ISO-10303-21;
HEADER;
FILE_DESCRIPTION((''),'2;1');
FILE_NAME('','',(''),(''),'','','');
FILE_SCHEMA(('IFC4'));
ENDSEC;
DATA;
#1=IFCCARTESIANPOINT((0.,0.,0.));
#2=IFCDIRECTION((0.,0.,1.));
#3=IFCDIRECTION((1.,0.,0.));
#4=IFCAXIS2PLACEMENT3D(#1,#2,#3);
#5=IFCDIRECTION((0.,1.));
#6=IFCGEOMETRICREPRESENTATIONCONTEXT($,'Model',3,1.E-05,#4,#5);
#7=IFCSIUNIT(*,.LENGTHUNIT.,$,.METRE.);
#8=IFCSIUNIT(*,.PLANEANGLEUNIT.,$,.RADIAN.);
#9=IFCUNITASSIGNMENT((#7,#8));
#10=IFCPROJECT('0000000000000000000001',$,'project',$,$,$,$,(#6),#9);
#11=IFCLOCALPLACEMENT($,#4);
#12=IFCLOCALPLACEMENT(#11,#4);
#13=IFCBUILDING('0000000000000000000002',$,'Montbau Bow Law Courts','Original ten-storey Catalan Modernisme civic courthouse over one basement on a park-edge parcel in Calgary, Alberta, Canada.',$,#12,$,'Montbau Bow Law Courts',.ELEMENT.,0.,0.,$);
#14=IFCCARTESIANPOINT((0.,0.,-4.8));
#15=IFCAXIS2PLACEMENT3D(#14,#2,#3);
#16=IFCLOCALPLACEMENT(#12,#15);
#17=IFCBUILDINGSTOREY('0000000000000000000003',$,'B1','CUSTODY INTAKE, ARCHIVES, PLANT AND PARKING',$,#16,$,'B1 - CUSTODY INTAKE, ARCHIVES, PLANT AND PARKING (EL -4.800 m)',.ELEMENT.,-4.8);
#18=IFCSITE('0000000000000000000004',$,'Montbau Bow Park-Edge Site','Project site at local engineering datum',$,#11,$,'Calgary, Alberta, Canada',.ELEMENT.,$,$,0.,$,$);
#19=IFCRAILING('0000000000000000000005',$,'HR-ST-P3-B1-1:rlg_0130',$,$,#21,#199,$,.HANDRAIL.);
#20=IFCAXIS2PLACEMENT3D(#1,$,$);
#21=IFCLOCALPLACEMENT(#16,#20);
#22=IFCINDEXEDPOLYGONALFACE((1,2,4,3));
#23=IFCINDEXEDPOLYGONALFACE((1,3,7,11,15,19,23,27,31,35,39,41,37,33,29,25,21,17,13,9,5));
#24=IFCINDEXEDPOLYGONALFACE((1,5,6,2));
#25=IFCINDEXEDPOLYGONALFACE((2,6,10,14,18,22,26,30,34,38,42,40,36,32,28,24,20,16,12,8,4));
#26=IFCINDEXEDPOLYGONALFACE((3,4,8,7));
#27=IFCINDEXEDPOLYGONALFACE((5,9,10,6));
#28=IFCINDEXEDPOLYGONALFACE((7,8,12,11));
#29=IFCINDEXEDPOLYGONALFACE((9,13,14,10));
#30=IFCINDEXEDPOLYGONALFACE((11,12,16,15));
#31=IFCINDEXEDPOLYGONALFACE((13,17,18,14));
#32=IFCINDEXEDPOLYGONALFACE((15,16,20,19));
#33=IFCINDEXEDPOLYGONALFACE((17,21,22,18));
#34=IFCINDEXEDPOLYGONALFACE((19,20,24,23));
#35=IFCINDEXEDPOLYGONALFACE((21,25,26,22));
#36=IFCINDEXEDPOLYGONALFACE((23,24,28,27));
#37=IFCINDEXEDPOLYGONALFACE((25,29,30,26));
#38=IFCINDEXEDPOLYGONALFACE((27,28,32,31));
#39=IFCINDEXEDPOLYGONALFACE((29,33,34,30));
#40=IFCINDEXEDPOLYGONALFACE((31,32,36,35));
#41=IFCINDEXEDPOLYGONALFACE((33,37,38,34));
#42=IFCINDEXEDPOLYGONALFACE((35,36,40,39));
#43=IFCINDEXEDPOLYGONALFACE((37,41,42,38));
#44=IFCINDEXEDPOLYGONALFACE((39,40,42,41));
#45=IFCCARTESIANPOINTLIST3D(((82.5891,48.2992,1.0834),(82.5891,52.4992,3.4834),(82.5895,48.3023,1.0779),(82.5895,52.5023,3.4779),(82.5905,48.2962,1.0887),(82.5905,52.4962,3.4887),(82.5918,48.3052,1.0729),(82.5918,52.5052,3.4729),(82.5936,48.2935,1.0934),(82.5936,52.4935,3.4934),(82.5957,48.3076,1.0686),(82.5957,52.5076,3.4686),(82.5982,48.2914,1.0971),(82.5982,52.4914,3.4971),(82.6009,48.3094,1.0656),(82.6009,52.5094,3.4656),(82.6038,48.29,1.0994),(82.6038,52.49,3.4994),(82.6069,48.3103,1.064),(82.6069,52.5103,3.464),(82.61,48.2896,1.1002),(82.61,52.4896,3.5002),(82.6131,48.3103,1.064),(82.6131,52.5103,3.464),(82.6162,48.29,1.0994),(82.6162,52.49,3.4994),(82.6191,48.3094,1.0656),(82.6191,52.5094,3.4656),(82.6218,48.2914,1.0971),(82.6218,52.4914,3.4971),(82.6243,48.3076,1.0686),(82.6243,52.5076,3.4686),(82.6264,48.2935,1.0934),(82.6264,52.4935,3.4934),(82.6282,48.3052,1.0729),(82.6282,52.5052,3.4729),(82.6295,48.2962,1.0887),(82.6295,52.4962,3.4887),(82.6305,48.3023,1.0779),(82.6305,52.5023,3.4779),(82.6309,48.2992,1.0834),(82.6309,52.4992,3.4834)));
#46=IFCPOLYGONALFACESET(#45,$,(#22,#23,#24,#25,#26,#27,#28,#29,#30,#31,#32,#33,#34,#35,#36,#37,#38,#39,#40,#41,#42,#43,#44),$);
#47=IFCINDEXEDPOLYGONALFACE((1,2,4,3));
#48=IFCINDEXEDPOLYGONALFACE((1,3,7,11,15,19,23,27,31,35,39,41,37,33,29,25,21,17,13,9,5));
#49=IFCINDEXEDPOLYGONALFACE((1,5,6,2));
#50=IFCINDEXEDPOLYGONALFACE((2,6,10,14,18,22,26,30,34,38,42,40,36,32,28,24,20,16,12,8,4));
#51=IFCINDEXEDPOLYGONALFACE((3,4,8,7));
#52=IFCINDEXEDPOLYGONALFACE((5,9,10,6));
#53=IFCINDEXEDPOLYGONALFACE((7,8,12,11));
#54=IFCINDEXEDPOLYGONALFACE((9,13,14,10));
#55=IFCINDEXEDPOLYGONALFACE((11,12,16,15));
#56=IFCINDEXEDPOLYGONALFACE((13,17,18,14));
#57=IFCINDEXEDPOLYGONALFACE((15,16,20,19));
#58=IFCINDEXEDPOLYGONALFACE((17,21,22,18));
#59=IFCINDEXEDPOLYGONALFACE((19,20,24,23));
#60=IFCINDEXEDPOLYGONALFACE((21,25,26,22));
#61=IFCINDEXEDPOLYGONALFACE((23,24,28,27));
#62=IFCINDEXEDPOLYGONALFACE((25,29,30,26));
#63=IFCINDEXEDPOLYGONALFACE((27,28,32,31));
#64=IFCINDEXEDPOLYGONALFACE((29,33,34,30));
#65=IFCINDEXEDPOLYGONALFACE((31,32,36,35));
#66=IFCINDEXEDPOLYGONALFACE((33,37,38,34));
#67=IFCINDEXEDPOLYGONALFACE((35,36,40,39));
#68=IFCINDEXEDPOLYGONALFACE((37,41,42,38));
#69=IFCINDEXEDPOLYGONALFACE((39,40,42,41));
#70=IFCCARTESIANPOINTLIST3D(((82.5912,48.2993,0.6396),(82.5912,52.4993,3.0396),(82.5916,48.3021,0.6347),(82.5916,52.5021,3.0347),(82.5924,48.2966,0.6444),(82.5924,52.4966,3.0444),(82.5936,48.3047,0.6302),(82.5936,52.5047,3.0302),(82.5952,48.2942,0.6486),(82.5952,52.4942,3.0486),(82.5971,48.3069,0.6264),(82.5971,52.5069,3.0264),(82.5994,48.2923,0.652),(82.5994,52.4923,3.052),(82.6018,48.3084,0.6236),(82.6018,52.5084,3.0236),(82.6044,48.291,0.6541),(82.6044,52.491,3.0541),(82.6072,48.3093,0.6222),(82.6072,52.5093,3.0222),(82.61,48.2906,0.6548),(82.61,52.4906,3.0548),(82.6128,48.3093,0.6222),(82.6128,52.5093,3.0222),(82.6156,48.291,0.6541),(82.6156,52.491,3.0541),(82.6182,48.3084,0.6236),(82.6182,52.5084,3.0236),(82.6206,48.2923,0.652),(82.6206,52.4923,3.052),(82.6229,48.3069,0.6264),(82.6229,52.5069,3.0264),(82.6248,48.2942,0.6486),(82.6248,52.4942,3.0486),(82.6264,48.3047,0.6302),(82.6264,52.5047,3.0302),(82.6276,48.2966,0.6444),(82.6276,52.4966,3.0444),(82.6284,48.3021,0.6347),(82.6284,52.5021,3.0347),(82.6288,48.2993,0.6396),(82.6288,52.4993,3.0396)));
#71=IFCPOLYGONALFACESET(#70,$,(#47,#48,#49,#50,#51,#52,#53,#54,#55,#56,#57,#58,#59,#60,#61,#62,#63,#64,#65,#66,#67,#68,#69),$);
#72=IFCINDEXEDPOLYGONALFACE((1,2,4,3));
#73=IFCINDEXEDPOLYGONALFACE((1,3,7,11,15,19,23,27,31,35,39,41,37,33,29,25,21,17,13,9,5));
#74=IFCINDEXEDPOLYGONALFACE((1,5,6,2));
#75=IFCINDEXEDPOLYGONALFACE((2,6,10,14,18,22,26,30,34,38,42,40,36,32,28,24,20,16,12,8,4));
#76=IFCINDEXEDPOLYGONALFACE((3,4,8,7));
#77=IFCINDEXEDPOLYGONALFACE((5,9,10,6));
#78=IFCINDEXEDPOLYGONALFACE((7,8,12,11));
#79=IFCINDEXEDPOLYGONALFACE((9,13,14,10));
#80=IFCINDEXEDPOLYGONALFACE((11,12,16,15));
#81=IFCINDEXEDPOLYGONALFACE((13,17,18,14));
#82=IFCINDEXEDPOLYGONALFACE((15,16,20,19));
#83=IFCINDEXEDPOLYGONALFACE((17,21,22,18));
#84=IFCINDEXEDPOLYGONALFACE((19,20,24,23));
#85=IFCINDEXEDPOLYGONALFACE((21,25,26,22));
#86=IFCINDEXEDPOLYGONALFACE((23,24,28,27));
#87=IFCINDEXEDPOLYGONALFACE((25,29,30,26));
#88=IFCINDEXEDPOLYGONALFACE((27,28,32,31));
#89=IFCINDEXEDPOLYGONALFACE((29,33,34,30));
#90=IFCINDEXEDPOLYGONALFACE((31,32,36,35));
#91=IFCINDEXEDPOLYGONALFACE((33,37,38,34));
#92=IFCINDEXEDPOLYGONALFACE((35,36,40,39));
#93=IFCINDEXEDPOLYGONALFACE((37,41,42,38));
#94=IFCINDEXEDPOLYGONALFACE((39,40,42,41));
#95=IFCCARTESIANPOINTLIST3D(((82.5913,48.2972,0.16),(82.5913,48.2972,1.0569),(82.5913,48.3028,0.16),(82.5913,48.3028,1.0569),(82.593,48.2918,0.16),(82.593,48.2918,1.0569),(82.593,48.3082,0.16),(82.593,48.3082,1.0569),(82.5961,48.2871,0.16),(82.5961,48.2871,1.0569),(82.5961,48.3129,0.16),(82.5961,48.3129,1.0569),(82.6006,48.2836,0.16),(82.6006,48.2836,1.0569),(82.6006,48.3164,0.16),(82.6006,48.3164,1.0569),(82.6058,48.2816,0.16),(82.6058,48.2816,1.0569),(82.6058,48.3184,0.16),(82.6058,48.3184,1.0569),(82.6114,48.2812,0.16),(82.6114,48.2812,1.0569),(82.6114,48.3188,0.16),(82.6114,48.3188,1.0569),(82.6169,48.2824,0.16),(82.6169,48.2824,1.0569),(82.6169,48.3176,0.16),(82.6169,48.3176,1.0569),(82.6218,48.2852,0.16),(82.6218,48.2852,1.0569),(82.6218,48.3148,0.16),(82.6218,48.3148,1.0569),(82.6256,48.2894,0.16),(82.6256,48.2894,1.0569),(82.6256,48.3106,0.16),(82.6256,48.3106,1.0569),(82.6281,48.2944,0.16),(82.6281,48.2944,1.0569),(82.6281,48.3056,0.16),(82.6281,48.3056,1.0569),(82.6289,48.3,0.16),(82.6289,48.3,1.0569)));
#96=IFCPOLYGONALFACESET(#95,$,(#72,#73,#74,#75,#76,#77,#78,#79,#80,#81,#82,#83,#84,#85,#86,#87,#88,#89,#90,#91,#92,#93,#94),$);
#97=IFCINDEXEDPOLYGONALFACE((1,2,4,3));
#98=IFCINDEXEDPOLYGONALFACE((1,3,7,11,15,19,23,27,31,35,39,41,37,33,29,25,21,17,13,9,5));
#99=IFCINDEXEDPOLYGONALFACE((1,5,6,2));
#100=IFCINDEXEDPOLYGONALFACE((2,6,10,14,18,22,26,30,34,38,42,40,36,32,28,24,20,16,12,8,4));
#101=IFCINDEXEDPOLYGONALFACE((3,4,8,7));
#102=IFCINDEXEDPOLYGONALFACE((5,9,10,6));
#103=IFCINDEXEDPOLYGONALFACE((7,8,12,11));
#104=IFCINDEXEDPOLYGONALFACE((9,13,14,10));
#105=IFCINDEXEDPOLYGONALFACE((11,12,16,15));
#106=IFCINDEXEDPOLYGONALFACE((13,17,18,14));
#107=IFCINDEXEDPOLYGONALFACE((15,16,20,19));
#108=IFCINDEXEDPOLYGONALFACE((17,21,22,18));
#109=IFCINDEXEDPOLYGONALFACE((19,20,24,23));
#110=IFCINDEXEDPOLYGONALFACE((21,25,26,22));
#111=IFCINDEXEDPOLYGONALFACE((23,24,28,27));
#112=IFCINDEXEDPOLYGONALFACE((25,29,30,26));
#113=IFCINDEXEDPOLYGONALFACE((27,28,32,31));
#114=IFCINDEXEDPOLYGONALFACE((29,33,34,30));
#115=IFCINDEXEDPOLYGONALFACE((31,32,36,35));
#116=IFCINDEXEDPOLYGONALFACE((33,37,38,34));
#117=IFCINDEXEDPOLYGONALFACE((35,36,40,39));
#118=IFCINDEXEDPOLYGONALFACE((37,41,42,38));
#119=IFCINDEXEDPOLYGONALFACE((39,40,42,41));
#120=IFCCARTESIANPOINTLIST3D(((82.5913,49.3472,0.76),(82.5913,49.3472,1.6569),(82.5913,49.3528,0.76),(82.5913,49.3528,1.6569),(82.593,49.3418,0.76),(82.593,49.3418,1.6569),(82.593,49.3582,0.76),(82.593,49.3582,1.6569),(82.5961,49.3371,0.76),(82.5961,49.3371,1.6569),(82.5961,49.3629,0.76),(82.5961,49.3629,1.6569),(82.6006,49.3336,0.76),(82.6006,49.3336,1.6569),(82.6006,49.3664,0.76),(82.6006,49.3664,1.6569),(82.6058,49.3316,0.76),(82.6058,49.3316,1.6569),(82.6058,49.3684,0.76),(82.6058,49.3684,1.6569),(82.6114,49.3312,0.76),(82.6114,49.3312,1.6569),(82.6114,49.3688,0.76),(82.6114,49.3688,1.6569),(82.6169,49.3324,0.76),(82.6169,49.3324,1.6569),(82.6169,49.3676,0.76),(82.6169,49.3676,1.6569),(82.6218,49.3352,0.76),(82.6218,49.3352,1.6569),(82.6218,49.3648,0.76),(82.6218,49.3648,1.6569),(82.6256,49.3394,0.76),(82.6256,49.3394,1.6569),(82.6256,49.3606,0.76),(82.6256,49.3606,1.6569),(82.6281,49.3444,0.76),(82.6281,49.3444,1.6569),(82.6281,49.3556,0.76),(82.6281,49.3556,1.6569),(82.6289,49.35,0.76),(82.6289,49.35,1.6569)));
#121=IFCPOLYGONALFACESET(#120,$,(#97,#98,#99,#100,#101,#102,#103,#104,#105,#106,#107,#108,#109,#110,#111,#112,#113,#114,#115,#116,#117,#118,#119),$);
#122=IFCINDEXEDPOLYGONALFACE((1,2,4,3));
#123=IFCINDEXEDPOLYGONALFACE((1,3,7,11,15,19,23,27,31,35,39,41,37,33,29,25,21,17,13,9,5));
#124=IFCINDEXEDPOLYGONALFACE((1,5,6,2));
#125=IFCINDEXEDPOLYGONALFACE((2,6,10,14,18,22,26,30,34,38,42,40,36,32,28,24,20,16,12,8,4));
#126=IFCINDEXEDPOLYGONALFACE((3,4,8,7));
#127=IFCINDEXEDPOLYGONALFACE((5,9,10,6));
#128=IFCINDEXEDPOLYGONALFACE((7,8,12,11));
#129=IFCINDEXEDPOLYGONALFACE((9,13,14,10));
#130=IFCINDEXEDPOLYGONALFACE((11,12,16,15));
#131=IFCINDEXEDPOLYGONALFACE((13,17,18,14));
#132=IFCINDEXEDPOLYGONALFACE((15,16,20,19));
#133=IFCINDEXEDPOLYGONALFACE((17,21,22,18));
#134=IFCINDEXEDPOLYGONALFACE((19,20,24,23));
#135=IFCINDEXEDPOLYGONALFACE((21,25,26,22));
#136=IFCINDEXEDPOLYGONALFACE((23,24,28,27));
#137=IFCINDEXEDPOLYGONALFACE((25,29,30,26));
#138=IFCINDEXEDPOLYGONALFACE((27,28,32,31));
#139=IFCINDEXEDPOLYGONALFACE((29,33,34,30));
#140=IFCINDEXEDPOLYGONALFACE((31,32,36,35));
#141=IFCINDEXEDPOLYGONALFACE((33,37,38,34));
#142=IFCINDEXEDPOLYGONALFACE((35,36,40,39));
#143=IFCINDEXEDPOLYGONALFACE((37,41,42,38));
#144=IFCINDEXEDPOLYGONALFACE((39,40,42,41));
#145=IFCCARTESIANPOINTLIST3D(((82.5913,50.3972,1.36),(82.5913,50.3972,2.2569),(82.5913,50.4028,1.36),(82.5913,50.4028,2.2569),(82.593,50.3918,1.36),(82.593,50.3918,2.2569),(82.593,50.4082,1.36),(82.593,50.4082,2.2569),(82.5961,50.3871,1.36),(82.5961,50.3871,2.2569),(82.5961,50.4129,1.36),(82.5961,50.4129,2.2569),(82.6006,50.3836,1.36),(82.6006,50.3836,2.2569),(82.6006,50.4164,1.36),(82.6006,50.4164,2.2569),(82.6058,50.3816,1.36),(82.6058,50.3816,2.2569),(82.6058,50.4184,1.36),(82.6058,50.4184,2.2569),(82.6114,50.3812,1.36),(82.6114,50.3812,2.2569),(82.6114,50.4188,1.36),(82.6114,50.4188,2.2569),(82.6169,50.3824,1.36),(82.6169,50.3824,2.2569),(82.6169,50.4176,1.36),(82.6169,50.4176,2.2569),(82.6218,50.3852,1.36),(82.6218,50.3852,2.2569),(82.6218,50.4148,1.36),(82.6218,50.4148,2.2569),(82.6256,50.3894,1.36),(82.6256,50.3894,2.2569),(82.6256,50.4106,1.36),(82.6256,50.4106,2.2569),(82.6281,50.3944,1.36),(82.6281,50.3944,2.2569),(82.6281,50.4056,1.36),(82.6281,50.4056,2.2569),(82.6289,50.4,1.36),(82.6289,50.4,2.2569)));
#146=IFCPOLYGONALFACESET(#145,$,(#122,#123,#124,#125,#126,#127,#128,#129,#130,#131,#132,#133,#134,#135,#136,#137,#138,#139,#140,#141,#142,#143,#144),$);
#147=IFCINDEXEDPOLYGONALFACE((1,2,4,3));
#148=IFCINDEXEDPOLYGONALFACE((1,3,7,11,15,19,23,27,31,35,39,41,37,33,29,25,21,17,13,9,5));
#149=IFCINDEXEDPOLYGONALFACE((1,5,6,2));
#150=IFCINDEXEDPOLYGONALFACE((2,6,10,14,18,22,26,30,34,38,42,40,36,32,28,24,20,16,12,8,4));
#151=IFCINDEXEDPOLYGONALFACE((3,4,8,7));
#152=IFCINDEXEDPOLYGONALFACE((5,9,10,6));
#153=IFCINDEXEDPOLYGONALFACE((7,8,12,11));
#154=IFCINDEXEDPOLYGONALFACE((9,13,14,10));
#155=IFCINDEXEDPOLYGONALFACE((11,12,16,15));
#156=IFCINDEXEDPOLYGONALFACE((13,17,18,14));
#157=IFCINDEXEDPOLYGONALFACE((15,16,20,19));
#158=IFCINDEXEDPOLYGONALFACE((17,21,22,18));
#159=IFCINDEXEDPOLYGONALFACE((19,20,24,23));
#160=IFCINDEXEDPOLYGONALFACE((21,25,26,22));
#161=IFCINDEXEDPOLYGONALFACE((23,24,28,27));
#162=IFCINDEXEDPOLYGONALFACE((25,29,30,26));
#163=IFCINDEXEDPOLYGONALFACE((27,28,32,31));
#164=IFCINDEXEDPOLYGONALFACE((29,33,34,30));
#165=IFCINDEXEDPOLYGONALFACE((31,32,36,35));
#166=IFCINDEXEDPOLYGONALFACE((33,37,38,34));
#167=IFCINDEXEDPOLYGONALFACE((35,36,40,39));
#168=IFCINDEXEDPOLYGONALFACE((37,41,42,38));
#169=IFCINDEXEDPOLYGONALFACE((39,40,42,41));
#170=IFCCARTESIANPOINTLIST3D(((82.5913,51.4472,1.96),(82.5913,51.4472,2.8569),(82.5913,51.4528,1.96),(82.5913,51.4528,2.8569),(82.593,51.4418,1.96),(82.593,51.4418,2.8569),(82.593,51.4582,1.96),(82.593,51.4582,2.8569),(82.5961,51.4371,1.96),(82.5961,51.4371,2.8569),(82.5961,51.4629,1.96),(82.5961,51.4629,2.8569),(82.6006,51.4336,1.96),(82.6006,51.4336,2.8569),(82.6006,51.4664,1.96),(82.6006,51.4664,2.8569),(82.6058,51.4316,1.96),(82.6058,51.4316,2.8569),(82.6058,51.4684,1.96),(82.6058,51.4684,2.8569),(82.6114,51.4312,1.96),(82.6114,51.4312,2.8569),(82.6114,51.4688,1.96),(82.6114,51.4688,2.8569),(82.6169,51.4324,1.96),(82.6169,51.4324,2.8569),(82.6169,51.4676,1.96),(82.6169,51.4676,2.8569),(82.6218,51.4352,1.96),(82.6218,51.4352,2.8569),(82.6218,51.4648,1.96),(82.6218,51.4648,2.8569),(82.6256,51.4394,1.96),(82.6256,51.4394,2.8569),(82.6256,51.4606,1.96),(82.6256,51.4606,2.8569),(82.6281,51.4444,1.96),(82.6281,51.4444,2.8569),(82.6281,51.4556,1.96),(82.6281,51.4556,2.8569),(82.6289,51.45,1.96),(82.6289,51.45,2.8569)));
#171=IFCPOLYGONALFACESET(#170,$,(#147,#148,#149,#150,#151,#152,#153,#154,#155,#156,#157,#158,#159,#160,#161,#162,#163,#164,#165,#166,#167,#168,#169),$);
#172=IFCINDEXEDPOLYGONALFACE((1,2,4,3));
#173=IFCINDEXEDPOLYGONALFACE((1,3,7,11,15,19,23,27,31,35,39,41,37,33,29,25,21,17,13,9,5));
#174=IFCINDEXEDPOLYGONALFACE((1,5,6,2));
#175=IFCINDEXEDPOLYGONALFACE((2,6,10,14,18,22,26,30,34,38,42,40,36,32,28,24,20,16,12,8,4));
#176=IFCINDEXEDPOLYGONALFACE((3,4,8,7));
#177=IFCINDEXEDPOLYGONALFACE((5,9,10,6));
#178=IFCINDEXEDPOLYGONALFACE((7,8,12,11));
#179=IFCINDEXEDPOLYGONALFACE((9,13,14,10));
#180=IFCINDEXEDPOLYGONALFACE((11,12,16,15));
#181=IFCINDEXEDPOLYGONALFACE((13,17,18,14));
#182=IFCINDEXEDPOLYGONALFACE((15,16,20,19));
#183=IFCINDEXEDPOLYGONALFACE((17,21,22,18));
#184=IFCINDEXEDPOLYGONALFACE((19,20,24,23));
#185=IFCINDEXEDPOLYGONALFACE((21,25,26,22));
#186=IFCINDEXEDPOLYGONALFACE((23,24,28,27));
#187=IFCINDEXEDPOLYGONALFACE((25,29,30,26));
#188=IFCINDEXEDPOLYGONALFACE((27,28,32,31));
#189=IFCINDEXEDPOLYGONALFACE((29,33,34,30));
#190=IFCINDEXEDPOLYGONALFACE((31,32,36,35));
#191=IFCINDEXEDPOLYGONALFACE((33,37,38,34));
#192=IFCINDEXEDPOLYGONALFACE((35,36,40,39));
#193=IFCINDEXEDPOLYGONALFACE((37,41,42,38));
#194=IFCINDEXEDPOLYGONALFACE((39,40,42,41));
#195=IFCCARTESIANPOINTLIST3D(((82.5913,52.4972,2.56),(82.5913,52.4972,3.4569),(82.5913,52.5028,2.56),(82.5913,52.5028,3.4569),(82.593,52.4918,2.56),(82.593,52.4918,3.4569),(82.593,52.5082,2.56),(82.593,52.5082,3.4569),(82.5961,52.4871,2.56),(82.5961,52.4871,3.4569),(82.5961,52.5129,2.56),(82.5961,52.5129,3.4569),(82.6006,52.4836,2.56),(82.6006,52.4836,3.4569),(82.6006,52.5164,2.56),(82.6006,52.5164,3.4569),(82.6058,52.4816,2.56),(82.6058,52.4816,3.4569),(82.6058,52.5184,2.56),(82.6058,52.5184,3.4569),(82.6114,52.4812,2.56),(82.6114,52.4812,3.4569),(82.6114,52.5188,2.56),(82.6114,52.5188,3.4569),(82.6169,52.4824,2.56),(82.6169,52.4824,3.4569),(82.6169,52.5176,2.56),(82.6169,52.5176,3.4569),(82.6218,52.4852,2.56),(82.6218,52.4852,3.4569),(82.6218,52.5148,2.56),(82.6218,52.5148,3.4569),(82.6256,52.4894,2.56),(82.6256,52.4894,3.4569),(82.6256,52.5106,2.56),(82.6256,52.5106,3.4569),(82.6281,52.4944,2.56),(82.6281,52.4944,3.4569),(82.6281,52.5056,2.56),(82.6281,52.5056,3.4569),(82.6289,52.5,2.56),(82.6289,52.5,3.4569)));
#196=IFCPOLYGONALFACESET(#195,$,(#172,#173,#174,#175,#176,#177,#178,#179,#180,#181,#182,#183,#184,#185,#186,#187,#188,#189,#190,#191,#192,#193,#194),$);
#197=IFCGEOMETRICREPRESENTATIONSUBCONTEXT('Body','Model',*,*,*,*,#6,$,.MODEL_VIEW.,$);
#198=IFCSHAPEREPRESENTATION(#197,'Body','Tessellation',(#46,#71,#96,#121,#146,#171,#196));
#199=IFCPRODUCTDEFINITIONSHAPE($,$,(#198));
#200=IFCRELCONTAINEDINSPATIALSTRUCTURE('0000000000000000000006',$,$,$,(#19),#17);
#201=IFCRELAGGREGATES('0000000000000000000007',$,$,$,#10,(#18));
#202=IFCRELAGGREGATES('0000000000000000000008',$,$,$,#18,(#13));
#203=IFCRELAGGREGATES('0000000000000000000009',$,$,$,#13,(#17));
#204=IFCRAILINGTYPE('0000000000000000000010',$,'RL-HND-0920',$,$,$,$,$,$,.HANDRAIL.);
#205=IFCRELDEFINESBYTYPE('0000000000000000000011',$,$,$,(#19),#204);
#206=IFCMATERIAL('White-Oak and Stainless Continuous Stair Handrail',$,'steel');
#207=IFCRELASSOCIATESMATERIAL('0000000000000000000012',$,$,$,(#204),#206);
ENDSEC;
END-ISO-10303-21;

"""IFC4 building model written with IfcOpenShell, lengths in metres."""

from ifc_helpers import new_model, si_unit, direction, frame, origin_with_axes, origin_2d_with_axis, place, context, subcontext, project, spatial, circle, extrude, material, type_object, element, save


model = new_model("IFC4")

# Units and contexts
model_context = context("Model", 3, precision=1e-05, world=origin_with_axes(), true_north=direction((0.0, 1.0)))
body_context = subcontext(model_context, "Body", "Model", "MODEL_VIEW")
ifc_project = project(units=[si_unit("LENGTHUNIT", "METRE"), si_unit("PLANEANGLEUNIT", "RADIAN")], contexts=[model_context])

# Site, building, storey
site_placement = place(None, origin_with_axes())
site = spatial("IfcSite", under=ifc_project, at=site_placement, Name="Montbau Bow Park-Edge Site", Description="Project site at local engineering datum", LongName="Calgary, Alberta, Canada", CompositionType="ELEMENT", RefElevation=0.0)
building_placement = place(site_placement, origin_with_axes())
building = spatial("IfcBuilding", under=site, at=building_placement, Name="Montbau Bow Law Courts", Description="Original ten-storey Catalan Modernisme civic courthouse over one basement on a park-edge parcel in Calgary, Alberta, Canada.", LongName="Montbau Bow Law Courts", CompositionType="ELEMENT", ElevationOfRefHeight=0.0, ElevationOfTerrain=0.0)
storey_placement = place(building_placement, frame((0.0, 0.0, -4.8), z_axis=(0.0, 0.0, 1.0), x_axis=(1.0, 0.0, 0.0)))
storey = spatial("IfcBuildingStorey", under=building, at=storey_placement, Name="B1", Description="CUSTODY INTAKE, ARCHIVES, PLANT AND PARKING", LongName="B1 - CUSTODY INTAKE, ARCHIVES, PLANT AND PARKING (EL -4.800 m)", CompositionType="ELEMENT", Elevation=-4.8)

# Railing
ifc_material_1 = material(Name="White-Oak and Stainless Continuous Stair Handrail", Category="steel")
railing_type_1 = type_object("IfcRailingType", Name="RL-HND-0920", PredefinedType="HANDRAIL", material=ifc_material_1)
railing_1_placement = place(None, origin_with_axes())
element("IfcRailing", 1, at=railing_1_placement, inside=storey, type_object=railing_type_1, Name="HR-ST-P3-B1-1:rlg_0130", PredefinedType="HANDRAIL", context=body_context, shape_type="SweptSolid", body=[
    extrude(circle(Radius=0.021, at=origin_2d_with_axis()), frame((82.61, 48.3, -3.718), z_axis=(0.0, 0.868243, 0.496139), x_axis=(0.0, -0.496139, 0.868243)), (0.0, 0.0, 1.0), 4.8374),
    extrude(circle(Radius=0.0189, at=origin_2d_with_axis()), frame((82.61, 48.3, -4.1616), z_axis=(0.0, 0.868243, 0.496139), x_axis=(0.0, -0.496139, 0.868243)), (0.0, 0.0, 1.0), 4.8374),
    extrude(circle(Radius=0.0189, at=origin_2d_with_axis()), frame((82.61, 48.3, -4.64), z_axis=(0.0, 0.0, 1.0), x_axis=(1.0, 0.0, 0.0)), (0.0, 0.0, 1.0), 0.8969),
    extrude(circle(Radius=0.0189, at=origin_2d_with_axis()), frame((82.61, 49.35, -4.04), z_axis=(0.0, 0.0, 1.0), x_axis=(1.0, 0.0, 0.0)), (0.0, 0.0, 1.0), 0.8969),
    extrude(circle(Radius=0.0189, at=origin_2d_with_axis()), frame((82.61, 50.4, -3.44), z_axis=(0.0, 0.0, 1.0), x_axis=(1.0, 0.0, 0.0)), (0.0, 0.0, 1.0), 0.8969),
    extrude(circle(Radius=0.0189, at=origin_2d_with_axis()), frame((82.61, 51.45, -2.84), z_axis=(0.0, 0.0, 1.0), x_axis=(1.0, 0.0, 0.0)), (0.0, 0.0, 1.0), 0.8969),
    extrude(circle(Radius=0.0189, at=origin_2d_with_axis()), frame((82.61, 52.5, -2.24), z_axis=(0.0, 0.0, 1.0), x_axis=(1.0, 0.0, 0.0)), (0.0, 0.0, 1.0), 0.8969),
])

save(model, "model.ifc")
